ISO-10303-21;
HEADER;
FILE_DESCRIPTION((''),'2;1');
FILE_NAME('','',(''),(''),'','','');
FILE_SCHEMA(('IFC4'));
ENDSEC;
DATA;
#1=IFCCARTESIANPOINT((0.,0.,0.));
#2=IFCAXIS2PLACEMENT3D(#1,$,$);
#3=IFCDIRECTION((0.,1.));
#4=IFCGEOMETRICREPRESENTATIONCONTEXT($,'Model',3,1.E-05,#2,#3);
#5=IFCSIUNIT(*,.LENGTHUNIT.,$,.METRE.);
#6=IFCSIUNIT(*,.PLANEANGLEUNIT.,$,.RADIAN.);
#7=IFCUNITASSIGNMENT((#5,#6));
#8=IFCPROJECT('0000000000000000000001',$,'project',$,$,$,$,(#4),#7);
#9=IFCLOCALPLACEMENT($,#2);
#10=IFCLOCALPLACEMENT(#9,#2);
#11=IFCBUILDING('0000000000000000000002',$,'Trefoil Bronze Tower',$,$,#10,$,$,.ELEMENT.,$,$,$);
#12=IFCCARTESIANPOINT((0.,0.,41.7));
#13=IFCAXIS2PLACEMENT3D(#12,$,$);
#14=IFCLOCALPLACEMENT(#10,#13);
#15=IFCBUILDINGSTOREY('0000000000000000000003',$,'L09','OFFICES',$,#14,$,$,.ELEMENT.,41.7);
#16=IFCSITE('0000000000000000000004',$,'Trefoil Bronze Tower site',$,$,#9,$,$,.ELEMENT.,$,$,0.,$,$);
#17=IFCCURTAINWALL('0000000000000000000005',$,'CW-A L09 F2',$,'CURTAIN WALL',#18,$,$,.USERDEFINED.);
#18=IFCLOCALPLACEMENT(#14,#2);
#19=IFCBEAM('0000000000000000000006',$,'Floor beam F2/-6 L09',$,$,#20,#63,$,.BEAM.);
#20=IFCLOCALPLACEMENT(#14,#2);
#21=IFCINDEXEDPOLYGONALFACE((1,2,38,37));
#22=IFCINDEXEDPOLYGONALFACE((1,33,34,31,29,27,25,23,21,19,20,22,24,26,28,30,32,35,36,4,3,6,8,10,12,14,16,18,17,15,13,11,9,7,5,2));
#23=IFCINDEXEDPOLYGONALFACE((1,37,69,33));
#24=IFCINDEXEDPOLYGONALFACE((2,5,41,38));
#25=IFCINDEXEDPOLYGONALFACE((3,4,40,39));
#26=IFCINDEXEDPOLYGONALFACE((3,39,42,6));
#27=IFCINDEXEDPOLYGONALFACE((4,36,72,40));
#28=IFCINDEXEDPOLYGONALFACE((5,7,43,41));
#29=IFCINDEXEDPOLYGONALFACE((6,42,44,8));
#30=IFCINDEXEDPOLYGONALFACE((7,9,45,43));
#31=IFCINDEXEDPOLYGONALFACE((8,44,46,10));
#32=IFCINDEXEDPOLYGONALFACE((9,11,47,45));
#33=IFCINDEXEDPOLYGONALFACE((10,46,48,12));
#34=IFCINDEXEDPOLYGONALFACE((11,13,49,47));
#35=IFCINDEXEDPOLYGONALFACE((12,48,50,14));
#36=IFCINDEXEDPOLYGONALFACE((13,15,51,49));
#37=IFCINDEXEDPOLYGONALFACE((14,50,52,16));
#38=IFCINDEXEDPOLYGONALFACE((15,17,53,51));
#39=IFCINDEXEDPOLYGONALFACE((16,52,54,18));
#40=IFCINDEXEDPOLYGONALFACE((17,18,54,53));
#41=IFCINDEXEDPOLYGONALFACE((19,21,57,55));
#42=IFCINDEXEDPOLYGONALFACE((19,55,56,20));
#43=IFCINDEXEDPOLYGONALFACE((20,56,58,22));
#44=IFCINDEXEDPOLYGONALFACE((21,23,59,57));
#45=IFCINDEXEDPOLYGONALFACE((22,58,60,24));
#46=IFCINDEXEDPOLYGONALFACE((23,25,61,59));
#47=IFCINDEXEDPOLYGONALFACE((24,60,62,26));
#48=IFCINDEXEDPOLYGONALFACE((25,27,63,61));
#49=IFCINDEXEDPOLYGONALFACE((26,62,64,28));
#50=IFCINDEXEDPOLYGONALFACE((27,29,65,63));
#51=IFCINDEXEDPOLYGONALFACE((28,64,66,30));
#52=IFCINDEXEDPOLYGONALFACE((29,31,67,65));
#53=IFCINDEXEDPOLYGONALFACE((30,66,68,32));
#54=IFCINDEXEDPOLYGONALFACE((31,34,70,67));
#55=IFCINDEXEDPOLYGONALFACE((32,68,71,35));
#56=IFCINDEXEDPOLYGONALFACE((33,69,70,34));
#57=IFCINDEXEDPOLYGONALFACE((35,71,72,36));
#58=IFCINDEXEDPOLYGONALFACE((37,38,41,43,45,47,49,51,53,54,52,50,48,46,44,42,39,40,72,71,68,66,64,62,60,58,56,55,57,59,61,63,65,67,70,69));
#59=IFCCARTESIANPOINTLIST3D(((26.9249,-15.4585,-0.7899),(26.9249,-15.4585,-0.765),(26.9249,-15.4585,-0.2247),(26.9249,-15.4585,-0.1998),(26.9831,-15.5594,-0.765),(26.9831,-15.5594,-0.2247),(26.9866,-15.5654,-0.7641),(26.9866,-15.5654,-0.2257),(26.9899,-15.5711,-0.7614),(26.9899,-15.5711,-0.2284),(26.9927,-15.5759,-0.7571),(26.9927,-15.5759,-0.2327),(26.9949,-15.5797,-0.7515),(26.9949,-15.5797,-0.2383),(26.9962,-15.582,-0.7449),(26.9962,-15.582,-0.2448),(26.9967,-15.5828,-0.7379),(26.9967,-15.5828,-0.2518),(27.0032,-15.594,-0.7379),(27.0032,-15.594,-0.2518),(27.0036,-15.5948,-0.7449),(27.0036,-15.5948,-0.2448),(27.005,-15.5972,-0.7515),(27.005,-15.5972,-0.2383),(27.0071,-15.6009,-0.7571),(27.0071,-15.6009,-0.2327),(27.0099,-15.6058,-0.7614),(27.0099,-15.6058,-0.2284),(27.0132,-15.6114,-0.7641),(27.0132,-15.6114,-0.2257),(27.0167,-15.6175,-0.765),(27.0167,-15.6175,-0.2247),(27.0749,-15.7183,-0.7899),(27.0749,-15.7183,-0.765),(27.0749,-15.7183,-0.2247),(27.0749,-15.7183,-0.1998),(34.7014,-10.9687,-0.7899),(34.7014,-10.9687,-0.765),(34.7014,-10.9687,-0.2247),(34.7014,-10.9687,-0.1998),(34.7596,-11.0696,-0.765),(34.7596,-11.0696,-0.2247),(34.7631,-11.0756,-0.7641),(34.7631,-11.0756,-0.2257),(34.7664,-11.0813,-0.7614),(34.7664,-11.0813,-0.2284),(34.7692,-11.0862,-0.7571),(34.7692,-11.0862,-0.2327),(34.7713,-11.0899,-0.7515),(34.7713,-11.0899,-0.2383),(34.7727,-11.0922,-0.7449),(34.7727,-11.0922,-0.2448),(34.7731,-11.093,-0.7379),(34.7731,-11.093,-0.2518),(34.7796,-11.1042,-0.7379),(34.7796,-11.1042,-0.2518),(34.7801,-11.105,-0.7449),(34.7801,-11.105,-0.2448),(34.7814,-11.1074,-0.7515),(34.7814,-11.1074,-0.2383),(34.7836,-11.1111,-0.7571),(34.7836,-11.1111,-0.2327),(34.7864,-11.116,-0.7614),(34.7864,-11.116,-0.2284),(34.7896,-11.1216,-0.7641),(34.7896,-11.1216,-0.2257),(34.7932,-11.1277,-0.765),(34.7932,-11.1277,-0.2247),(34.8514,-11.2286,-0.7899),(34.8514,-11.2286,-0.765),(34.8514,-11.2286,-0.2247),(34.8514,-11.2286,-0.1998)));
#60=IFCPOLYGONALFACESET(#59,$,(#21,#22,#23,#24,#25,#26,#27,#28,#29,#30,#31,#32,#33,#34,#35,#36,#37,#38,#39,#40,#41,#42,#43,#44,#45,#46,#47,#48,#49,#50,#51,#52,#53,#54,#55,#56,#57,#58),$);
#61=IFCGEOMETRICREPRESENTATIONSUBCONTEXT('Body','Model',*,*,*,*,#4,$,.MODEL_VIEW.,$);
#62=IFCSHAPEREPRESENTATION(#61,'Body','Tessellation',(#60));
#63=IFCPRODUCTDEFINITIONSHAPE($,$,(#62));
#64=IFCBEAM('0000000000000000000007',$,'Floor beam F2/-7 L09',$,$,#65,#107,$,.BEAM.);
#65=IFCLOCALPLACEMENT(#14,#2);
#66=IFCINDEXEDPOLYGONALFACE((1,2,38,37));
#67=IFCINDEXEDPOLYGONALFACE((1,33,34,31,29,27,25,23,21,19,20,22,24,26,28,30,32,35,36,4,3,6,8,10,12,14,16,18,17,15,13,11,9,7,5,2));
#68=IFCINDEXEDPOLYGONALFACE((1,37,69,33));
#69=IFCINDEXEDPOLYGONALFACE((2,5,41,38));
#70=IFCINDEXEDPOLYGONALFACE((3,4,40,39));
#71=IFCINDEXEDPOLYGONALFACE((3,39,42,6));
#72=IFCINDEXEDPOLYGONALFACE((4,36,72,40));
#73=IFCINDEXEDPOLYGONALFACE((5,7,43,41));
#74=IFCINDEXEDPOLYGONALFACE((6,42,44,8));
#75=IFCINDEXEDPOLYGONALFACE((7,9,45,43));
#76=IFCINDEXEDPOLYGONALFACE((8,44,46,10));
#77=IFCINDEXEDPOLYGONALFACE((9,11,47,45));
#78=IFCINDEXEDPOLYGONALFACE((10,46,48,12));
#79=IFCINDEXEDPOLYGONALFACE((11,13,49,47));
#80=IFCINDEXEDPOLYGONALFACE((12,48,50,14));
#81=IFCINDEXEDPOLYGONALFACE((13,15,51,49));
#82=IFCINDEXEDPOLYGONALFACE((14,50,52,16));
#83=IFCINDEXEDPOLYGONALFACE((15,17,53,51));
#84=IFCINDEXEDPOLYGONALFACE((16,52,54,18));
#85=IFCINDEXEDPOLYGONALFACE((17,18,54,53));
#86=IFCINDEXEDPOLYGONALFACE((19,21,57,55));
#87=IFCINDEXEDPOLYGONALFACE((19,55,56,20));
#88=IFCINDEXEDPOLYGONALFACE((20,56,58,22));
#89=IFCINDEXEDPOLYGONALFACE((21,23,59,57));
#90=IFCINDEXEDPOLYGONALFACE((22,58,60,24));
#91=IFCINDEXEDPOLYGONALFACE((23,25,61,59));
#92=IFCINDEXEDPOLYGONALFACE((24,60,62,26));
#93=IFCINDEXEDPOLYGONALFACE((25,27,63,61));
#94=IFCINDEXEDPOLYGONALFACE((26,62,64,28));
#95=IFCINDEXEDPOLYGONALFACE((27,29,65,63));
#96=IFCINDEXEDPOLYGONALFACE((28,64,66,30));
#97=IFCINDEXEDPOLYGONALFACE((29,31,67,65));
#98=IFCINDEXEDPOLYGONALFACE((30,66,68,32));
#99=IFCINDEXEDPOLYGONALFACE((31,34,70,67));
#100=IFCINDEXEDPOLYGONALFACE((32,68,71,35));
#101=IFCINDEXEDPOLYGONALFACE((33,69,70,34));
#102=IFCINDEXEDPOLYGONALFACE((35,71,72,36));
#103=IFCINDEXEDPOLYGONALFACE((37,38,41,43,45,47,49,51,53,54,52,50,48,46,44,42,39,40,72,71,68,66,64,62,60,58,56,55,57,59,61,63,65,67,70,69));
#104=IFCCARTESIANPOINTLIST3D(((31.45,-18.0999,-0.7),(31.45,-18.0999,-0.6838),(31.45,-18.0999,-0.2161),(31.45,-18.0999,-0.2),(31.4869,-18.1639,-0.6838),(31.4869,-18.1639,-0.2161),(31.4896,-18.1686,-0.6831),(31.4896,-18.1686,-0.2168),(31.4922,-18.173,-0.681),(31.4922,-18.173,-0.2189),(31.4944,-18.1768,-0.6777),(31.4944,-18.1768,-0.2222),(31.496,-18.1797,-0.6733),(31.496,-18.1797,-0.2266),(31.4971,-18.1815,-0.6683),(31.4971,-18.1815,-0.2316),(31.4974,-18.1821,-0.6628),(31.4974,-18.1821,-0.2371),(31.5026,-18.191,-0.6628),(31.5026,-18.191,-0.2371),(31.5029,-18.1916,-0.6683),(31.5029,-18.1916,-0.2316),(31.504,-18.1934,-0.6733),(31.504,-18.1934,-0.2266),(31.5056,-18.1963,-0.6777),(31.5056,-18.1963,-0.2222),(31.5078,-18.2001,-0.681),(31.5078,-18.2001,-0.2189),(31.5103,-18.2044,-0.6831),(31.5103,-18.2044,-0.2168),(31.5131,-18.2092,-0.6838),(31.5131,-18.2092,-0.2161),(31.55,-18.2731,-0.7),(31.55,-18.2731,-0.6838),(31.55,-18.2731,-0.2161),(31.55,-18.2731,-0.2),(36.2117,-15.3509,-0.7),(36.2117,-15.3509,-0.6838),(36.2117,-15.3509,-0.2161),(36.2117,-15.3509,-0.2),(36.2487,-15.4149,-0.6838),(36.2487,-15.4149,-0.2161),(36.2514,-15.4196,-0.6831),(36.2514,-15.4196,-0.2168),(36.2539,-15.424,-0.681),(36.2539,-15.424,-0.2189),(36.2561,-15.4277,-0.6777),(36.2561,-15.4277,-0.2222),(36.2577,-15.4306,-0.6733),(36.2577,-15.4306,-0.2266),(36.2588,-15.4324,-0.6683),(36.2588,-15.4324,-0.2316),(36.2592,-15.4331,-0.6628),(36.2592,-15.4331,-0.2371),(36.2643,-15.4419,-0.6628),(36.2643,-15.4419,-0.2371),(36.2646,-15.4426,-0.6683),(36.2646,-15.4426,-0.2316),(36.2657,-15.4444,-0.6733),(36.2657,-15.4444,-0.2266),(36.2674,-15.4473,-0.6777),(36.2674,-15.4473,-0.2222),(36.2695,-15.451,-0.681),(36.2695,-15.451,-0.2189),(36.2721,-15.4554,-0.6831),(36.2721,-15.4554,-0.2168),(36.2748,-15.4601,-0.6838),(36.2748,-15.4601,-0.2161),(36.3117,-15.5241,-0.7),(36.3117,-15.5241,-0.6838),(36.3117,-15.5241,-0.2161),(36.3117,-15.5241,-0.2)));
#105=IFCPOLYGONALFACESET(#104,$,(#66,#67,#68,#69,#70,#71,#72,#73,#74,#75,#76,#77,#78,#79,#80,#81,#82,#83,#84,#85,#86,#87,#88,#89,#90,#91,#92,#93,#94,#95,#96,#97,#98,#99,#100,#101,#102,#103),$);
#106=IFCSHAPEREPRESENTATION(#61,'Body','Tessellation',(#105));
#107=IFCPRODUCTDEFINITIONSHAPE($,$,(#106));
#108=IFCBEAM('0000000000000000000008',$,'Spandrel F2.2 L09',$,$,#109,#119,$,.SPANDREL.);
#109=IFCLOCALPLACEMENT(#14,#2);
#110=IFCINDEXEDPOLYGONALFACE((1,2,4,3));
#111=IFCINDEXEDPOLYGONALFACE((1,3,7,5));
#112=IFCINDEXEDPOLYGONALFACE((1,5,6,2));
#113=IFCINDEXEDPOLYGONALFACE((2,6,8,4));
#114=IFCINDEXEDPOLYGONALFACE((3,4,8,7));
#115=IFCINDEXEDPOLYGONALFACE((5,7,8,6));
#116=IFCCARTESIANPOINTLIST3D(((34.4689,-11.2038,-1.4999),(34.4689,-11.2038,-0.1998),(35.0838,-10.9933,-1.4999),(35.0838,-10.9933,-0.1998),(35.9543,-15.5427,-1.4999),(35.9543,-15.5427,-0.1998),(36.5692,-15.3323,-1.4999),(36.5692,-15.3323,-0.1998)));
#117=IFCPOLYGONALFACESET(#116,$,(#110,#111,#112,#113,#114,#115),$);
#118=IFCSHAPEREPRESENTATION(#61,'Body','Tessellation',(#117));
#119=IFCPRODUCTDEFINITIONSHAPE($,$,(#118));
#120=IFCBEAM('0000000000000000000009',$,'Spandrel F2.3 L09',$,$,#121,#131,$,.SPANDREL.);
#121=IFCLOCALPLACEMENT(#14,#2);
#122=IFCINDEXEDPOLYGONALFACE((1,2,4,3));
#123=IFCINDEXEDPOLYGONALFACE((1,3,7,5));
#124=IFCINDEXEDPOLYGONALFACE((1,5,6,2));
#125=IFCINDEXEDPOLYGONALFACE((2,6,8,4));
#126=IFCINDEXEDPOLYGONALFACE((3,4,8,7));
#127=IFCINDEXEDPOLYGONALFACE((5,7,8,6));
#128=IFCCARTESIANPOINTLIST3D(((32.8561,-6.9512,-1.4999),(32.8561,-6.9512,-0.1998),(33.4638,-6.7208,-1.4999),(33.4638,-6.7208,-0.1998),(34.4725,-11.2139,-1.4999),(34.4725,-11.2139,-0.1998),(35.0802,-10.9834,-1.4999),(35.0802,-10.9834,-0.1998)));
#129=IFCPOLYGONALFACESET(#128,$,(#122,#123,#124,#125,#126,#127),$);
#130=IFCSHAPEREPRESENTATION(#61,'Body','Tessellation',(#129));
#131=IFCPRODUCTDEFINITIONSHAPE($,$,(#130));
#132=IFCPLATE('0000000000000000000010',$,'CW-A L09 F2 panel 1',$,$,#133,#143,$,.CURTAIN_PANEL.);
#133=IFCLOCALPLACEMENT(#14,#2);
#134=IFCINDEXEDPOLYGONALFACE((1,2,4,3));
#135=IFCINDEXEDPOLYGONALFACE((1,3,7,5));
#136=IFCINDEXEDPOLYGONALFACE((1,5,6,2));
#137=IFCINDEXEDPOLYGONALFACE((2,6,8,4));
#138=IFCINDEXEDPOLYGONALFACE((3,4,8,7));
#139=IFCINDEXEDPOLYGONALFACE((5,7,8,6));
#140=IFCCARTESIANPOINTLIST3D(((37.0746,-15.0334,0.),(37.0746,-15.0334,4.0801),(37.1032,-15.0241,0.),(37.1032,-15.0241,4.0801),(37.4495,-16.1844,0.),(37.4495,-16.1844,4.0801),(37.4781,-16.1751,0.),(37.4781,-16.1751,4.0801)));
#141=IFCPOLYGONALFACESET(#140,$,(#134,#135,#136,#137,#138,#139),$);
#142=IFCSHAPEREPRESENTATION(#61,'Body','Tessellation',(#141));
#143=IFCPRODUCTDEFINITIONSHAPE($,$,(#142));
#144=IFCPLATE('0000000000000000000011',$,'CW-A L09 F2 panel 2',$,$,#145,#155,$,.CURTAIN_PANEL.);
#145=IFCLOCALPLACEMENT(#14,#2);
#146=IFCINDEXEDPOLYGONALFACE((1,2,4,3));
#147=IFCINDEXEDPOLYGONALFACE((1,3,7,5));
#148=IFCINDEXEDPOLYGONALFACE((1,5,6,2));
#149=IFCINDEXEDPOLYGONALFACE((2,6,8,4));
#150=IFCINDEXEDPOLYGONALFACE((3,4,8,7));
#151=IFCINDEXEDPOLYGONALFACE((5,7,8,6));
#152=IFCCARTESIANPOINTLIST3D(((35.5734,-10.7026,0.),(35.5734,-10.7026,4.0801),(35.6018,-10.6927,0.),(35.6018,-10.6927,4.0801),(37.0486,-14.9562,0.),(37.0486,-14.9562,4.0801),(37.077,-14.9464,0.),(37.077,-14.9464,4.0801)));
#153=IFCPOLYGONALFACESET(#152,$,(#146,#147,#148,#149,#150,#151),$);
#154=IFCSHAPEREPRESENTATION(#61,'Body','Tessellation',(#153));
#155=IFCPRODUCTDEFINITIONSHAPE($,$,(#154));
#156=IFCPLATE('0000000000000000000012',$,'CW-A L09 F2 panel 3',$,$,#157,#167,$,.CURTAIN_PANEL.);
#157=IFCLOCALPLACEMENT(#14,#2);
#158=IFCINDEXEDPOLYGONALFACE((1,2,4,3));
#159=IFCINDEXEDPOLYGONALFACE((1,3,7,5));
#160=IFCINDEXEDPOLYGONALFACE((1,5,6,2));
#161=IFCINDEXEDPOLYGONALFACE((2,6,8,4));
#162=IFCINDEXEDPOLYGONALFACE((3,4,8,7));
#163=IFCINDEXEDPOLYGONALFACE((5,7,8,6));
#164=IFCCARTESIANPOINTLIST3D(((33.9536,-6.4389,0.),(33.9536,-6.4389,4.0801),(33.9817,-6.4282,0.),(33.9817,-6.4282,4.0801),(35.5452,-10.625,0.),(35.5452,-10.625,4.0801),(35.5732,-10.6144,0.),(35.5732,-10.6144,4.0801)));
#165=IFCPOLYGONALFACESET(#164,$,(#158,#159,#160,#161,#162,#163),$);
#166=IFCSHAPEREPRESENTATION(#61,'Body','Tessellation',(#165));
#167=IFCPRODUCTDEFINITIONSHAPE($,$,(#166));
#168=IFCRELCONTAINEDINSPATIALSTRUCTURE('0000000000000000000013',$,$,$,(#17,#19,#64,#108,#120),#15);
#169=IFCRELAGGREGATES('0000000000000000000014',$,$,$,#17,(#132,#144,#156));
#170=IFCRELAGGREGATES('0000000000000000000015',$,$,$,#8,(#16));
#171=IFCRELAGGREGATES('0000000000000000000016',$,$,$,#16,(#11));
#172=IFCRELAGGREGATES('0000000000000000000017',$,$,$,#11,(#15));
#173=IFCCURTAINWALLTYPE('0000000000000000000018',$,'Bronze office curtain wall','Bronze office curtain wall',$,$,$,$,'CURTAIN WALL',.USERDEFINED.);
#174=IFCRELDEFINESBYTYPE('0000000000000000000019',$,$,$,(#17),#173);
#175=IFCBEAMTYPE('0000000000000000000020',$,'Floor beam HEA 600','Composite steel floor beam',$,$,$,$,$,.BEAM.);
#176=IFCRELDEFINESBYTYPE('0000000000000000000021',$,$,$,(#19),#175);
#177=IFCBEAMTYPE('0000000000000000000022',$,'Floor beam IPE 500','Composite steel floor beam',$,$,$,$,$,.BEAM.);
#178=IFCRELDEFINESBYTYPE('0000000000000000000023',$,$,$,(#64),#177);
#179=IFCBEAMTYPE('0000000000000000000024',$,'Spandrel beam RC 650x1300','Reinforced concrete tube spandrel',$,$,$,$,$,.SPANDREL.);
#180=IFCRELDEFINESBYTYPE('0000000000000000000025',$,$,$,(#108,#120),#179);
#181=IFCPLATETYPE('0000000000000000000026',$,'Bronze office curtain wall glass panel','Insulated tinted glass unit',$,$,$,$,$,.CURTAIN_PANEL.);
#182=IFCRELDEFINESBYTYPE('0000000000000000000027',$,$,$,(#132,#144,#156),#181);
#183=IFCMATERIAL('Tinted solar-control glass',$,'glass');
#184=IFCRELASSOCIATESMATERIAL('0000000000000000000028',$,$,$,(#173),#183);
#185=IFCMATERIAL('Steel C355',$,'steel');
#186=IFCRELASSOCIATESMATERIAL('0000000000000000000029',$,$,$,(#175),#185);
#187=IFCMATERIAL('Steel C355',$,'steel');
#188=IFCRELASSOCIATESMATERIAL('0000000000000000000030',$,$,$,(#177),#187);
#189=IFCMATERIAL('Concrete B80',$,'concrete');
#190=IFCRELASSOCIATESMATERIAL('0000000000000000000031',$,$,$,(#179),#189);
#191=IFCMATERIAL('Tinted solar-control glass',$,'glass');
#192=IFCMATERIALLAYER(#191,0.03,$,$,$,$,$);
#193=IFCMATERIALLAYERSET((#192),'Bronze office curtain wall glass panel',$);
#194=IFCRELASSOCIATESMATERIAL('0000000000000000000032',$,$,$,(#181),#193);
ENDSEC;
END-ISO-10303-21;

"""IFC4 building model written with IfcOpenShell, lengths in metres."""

from ifc_helpers import new_model, si_unit, direction, frame, origin, origin_2d, place, context, subcontext, project, spatial, rectangle, i_section, extrude, material, layer, layer_set, material_profile, profile_set, type_object, element, aggregate, save


model = new_model("IFC4")

# Units and contexts
model_context = context("Model", 3, precision=1e-05, world=origin(), true_north=direction((0.0, 1.0)))
body_context = subcontext(model_context, "Body", "Model", "MODEL_VIEW")
ifc_project = project(units=[si_unit("LENGTHUNIT", "METRE"), si_unit("PLANEANGLEUNIT", "RADIAN")], contexts=[model_context])

# Site, building, storey
site_placement = place(None, origin())
site = spatial("IfcSite", under=ifc_project, at=site_placement, Name="Trefoil Bronze Tower site", CompositionType="ELEMENT", RefElevation=0.0)
building_placement = place(site_placement, origin())
building = spatial("IfcBuilding", under=site, at=building_placement, Name="Trefoil Bronze Tower", CompositionType="ELEMENT")
storey_placement = place(building_placement, frame((0.0, 0.0, 41.7)))
storey = spatial("IfcBuildingStorey", under=building, at=storey_placement, Name="L09", Description="OFFICES", CompositionType="ELEMENT", Elevation=41.7)

# Curtain wall
ifc_material_1 = material(Name="Tinted solar-control glass", Category="glass")
curtain_wall_type = type_object("IfcCurtainWallType", Name="Bronze office curtain wall", Description="Bronze office curtain wall", ElementType="CURTAIN WALL", PredefinedType="USERDEFINED", material=ifc_material_1)
curtain_wall_placement = place(storey_placement, origin())
curtain_wall = element("IfcCurtainWall", 1, at=curtain_wall_placement, inside=storey, type_object=curtain_wall_type, Name="CW-A L09 F2", ObjectType="CURTAIN WALL", PredefinedType="USERDEFINED")

# Beams
ifc_material_2 = material(Name="Steel C355", Category="steel")
ifc_material_profile_1 = material_profile(ifc_material_2, i_section(OverallWidth=0.3, OverallDepth=0.5901, WebThickness=0.0129, FlangeThickness=0.0249, FilletRadius=0.0271, at=origin_2d()), Name="HEA 600")
ifc_profile_set_1 = profile_set([ifc_material_profile_1], Name="Steel C355")
beam_type_1 = type_object("IfcBeamType", Name="Floor beam HEA 600", Description="Composite steel floor beam", PredefinedType="BEAM", material=ifc_profile_set_1)
beam_1_placement = place(storey_placement, frame((34.7764, -11.0986, -0.4949), z_axis=(-0.866023, -0.500005, 0.0), x_axis=(0.500005, -0.866023, 0.0)))
element("IfcBeam", 2, at=beam_1_placement, inside=storey, type_object=beam_type_1, Name="Floor beam F2/-6 L09", PredefinedType="BEAM", context=body_context, shape_type="SweptSolid", body=[
    extrude(i_section(OverallWidth=0.3, OverallDepth=0.5901, WebThickness=0.0129, FlangeThickness=0.0249, FilletRadius=0.0271, at=origin_2d()), origin(), (0.0, 0.0, 1.0), 8.9795),
])
ifc_material_3 = material(Name="Steel C355", Category="steel")
ifc_material_profile_2 = material_profile(ifc_material_3, i_section(OverallWidth=0.2, OverallDepth=0.5, WebThickness=0.0103, FlangeThickness=0.0161, FilletRadius=0.021, at=origin_2d()), Name="IPE 500")
ifc_profile_set_2 = profile_set([ifc_material_profile_2], Name="Steel C355")
beam_type_2 = type_object("IfcBeamType", Name="Floor beam IPE 500", Description="Composite steel floor beam", PredefinedType="BEAM", material=ifc_profile_set_2)
beam_2_placement = place(storey_placement, frame((36.2617, -15.4375, -0.45), z_axis=(-0.866038, -0.499979, 0.0), x_axis=(0.499979, -0.866038, 0.0)))
element("IfcBeam", 3, at=beam_2_placement, inside=storey, type_object=beam_type_2, Name="Floor beam F2/-7 L09", PredefinedType="BEAM", context=body_context, shape_type="SweptSolid", body=[
    extrude(i_section(OverallWidth=0.2, OverallDepth=0.5, WebThickness=0.0103, FlangeThickness=0.0161, FilletRadius=0.021, at=origin_2d()), origin(), (0.0, 0.0, 1.0), 5.4983),
])
ifc_material_4 = material(Name="Concrete B80", Category="concrete")
ifc_material_profile_3 = material_profile(ifc_material_4, rectangle(XDim=0.6499, YDim=1.3, at=origin_2d()), Name="RC 650x1300")
ifc_profile_set_3 = profile_set([ifc_material_profile_3], Name="Concrete B80")
beam_type_3 = type_object("IfcBeamType", Name="Spandrel beam RC 650x1300", Description="Reinforced concrete tube spandrel", PredefinedType="SPANDREL", material=ifc_profile_set_3)
beam_3_placement = place(storey_placement, frame((36.2617, -15.4375, -0.8499), z_axis=(-0.323883, 0.946097, 0.0), x_axis=(-0.946097, -0.323883, 0.0)))
element("IfcBeam", 4, at=beam_3_placement, inside=storey, type_object=beam_type_3, Name="Spandrel F2.2 L09", PredefinedType="SPANDREL", context=body_context, shape_type="SweptSolid", body=[
    extrude(rectangle(XDim=0.6499, YDim=1.3, at=origin_2d()), origin(), (0.0, 0.0, 1.0), 4.5862),
])
beam_4_placement = place(storey_placement, frame((34.7764, -11.0986, -0.8499), z_axis=(-0.354572, 0.935029, 0.0), x_axis=(-0.935029, -0.354572, 0.0)))
element("IfcBeam", 5, at=beam_4_placement, inside=storey, type_object=beam_type_3, Name="Spandrel F2.3 L09", PredefinedType="SPANDREL", context=body_context, shape_type="SweptSolid", body=[
    extrude(rectangle(XDim=0.6499, YDim=1.3, at=origin_2d()), origin(), (0.0, 0.0, 1.0), 4.5588),
])

# Plates
ifc_material_5 = material(Name="Tinted solar-control glass", Category="glass")
ifc_layer_1 = layer(ifc_material_5, 0.03)
ifc_layer_set_1 = layer_set([ifc_layer_1], Name="Bronze office curtain wall glass panel")
plate_type = type_object("IfcPlateType", Name="Bronze office curtain wall glass panel", Description="Insulated tinted glass unit", PredefinedType="CURTAIN_PANEL", material=ifc_layer_set_1)
plate_1_placement = place(storey_placement, frame((37.2764, -15.6042, 0.0), z_axis=(0.0, 0.0, 1.0), x_axis=(-0.309728, 0.950825, 0.0)))
plate_1 = element("IfcPlate", 6, at=plate_1_placement, type_object=plate_type, Name="CW-A L09 F2 panel 1", PredefinedType="CURTAIN_PANEL", context=body_context, shape_type="SweptSolid", body=[
    extrude(rectangle(XDim=1.2104, YDim=0.03, at=origin_2d()), origin(), (0.0, 0.0, 1.0), 4.0801),
])
plate_2_placement = place(storey_placement, frame((36.3252, -12.8245, 0.0), z_axis=(0.0, 0.0, 1.0), x_axis=(-0.327674, 0.944791, 0.0)))
plate_2 = element("IfcPlate", 7, at=plate_2_placement, type_object=plate_type, Name="CW-A L09 F2 panel 2", PredefinedType="CURTAIN_PANEL", context=body_context, shape_type="SweptSolid", body=[
    extrude(rectangle(XDim=4.5022, YDim=0.03, at=origin_2d()), origin(), (0.0, 0.0, 1.0), 4.0801),
])
plate_3_placement = place(storey_placement, frame((34.7634, -8.5266, 0.0), z_axis=(0.0, 0.0, 1.0), x_axis=(-0.355371, 0.934725, 0.0)))
plate_3 = element("IfcPlate", 8, at=plate_3_placement, type_object=plate_type, Name="CW-A L09 F2 panel 3", PredefinedType="CURTAIN_PANEL", context=body_context, shape_type="SweptSolid", body=[
    extrude(rectangle(XDim=4.4785, YDim=0.03, at=origin_2d()), origin(), (0.0, 0.0, 1.0), 4.0801),
])
aggregate(curtain_wall, [plate_1, plate_2, plate_3])

save(model, "model.ifc")
